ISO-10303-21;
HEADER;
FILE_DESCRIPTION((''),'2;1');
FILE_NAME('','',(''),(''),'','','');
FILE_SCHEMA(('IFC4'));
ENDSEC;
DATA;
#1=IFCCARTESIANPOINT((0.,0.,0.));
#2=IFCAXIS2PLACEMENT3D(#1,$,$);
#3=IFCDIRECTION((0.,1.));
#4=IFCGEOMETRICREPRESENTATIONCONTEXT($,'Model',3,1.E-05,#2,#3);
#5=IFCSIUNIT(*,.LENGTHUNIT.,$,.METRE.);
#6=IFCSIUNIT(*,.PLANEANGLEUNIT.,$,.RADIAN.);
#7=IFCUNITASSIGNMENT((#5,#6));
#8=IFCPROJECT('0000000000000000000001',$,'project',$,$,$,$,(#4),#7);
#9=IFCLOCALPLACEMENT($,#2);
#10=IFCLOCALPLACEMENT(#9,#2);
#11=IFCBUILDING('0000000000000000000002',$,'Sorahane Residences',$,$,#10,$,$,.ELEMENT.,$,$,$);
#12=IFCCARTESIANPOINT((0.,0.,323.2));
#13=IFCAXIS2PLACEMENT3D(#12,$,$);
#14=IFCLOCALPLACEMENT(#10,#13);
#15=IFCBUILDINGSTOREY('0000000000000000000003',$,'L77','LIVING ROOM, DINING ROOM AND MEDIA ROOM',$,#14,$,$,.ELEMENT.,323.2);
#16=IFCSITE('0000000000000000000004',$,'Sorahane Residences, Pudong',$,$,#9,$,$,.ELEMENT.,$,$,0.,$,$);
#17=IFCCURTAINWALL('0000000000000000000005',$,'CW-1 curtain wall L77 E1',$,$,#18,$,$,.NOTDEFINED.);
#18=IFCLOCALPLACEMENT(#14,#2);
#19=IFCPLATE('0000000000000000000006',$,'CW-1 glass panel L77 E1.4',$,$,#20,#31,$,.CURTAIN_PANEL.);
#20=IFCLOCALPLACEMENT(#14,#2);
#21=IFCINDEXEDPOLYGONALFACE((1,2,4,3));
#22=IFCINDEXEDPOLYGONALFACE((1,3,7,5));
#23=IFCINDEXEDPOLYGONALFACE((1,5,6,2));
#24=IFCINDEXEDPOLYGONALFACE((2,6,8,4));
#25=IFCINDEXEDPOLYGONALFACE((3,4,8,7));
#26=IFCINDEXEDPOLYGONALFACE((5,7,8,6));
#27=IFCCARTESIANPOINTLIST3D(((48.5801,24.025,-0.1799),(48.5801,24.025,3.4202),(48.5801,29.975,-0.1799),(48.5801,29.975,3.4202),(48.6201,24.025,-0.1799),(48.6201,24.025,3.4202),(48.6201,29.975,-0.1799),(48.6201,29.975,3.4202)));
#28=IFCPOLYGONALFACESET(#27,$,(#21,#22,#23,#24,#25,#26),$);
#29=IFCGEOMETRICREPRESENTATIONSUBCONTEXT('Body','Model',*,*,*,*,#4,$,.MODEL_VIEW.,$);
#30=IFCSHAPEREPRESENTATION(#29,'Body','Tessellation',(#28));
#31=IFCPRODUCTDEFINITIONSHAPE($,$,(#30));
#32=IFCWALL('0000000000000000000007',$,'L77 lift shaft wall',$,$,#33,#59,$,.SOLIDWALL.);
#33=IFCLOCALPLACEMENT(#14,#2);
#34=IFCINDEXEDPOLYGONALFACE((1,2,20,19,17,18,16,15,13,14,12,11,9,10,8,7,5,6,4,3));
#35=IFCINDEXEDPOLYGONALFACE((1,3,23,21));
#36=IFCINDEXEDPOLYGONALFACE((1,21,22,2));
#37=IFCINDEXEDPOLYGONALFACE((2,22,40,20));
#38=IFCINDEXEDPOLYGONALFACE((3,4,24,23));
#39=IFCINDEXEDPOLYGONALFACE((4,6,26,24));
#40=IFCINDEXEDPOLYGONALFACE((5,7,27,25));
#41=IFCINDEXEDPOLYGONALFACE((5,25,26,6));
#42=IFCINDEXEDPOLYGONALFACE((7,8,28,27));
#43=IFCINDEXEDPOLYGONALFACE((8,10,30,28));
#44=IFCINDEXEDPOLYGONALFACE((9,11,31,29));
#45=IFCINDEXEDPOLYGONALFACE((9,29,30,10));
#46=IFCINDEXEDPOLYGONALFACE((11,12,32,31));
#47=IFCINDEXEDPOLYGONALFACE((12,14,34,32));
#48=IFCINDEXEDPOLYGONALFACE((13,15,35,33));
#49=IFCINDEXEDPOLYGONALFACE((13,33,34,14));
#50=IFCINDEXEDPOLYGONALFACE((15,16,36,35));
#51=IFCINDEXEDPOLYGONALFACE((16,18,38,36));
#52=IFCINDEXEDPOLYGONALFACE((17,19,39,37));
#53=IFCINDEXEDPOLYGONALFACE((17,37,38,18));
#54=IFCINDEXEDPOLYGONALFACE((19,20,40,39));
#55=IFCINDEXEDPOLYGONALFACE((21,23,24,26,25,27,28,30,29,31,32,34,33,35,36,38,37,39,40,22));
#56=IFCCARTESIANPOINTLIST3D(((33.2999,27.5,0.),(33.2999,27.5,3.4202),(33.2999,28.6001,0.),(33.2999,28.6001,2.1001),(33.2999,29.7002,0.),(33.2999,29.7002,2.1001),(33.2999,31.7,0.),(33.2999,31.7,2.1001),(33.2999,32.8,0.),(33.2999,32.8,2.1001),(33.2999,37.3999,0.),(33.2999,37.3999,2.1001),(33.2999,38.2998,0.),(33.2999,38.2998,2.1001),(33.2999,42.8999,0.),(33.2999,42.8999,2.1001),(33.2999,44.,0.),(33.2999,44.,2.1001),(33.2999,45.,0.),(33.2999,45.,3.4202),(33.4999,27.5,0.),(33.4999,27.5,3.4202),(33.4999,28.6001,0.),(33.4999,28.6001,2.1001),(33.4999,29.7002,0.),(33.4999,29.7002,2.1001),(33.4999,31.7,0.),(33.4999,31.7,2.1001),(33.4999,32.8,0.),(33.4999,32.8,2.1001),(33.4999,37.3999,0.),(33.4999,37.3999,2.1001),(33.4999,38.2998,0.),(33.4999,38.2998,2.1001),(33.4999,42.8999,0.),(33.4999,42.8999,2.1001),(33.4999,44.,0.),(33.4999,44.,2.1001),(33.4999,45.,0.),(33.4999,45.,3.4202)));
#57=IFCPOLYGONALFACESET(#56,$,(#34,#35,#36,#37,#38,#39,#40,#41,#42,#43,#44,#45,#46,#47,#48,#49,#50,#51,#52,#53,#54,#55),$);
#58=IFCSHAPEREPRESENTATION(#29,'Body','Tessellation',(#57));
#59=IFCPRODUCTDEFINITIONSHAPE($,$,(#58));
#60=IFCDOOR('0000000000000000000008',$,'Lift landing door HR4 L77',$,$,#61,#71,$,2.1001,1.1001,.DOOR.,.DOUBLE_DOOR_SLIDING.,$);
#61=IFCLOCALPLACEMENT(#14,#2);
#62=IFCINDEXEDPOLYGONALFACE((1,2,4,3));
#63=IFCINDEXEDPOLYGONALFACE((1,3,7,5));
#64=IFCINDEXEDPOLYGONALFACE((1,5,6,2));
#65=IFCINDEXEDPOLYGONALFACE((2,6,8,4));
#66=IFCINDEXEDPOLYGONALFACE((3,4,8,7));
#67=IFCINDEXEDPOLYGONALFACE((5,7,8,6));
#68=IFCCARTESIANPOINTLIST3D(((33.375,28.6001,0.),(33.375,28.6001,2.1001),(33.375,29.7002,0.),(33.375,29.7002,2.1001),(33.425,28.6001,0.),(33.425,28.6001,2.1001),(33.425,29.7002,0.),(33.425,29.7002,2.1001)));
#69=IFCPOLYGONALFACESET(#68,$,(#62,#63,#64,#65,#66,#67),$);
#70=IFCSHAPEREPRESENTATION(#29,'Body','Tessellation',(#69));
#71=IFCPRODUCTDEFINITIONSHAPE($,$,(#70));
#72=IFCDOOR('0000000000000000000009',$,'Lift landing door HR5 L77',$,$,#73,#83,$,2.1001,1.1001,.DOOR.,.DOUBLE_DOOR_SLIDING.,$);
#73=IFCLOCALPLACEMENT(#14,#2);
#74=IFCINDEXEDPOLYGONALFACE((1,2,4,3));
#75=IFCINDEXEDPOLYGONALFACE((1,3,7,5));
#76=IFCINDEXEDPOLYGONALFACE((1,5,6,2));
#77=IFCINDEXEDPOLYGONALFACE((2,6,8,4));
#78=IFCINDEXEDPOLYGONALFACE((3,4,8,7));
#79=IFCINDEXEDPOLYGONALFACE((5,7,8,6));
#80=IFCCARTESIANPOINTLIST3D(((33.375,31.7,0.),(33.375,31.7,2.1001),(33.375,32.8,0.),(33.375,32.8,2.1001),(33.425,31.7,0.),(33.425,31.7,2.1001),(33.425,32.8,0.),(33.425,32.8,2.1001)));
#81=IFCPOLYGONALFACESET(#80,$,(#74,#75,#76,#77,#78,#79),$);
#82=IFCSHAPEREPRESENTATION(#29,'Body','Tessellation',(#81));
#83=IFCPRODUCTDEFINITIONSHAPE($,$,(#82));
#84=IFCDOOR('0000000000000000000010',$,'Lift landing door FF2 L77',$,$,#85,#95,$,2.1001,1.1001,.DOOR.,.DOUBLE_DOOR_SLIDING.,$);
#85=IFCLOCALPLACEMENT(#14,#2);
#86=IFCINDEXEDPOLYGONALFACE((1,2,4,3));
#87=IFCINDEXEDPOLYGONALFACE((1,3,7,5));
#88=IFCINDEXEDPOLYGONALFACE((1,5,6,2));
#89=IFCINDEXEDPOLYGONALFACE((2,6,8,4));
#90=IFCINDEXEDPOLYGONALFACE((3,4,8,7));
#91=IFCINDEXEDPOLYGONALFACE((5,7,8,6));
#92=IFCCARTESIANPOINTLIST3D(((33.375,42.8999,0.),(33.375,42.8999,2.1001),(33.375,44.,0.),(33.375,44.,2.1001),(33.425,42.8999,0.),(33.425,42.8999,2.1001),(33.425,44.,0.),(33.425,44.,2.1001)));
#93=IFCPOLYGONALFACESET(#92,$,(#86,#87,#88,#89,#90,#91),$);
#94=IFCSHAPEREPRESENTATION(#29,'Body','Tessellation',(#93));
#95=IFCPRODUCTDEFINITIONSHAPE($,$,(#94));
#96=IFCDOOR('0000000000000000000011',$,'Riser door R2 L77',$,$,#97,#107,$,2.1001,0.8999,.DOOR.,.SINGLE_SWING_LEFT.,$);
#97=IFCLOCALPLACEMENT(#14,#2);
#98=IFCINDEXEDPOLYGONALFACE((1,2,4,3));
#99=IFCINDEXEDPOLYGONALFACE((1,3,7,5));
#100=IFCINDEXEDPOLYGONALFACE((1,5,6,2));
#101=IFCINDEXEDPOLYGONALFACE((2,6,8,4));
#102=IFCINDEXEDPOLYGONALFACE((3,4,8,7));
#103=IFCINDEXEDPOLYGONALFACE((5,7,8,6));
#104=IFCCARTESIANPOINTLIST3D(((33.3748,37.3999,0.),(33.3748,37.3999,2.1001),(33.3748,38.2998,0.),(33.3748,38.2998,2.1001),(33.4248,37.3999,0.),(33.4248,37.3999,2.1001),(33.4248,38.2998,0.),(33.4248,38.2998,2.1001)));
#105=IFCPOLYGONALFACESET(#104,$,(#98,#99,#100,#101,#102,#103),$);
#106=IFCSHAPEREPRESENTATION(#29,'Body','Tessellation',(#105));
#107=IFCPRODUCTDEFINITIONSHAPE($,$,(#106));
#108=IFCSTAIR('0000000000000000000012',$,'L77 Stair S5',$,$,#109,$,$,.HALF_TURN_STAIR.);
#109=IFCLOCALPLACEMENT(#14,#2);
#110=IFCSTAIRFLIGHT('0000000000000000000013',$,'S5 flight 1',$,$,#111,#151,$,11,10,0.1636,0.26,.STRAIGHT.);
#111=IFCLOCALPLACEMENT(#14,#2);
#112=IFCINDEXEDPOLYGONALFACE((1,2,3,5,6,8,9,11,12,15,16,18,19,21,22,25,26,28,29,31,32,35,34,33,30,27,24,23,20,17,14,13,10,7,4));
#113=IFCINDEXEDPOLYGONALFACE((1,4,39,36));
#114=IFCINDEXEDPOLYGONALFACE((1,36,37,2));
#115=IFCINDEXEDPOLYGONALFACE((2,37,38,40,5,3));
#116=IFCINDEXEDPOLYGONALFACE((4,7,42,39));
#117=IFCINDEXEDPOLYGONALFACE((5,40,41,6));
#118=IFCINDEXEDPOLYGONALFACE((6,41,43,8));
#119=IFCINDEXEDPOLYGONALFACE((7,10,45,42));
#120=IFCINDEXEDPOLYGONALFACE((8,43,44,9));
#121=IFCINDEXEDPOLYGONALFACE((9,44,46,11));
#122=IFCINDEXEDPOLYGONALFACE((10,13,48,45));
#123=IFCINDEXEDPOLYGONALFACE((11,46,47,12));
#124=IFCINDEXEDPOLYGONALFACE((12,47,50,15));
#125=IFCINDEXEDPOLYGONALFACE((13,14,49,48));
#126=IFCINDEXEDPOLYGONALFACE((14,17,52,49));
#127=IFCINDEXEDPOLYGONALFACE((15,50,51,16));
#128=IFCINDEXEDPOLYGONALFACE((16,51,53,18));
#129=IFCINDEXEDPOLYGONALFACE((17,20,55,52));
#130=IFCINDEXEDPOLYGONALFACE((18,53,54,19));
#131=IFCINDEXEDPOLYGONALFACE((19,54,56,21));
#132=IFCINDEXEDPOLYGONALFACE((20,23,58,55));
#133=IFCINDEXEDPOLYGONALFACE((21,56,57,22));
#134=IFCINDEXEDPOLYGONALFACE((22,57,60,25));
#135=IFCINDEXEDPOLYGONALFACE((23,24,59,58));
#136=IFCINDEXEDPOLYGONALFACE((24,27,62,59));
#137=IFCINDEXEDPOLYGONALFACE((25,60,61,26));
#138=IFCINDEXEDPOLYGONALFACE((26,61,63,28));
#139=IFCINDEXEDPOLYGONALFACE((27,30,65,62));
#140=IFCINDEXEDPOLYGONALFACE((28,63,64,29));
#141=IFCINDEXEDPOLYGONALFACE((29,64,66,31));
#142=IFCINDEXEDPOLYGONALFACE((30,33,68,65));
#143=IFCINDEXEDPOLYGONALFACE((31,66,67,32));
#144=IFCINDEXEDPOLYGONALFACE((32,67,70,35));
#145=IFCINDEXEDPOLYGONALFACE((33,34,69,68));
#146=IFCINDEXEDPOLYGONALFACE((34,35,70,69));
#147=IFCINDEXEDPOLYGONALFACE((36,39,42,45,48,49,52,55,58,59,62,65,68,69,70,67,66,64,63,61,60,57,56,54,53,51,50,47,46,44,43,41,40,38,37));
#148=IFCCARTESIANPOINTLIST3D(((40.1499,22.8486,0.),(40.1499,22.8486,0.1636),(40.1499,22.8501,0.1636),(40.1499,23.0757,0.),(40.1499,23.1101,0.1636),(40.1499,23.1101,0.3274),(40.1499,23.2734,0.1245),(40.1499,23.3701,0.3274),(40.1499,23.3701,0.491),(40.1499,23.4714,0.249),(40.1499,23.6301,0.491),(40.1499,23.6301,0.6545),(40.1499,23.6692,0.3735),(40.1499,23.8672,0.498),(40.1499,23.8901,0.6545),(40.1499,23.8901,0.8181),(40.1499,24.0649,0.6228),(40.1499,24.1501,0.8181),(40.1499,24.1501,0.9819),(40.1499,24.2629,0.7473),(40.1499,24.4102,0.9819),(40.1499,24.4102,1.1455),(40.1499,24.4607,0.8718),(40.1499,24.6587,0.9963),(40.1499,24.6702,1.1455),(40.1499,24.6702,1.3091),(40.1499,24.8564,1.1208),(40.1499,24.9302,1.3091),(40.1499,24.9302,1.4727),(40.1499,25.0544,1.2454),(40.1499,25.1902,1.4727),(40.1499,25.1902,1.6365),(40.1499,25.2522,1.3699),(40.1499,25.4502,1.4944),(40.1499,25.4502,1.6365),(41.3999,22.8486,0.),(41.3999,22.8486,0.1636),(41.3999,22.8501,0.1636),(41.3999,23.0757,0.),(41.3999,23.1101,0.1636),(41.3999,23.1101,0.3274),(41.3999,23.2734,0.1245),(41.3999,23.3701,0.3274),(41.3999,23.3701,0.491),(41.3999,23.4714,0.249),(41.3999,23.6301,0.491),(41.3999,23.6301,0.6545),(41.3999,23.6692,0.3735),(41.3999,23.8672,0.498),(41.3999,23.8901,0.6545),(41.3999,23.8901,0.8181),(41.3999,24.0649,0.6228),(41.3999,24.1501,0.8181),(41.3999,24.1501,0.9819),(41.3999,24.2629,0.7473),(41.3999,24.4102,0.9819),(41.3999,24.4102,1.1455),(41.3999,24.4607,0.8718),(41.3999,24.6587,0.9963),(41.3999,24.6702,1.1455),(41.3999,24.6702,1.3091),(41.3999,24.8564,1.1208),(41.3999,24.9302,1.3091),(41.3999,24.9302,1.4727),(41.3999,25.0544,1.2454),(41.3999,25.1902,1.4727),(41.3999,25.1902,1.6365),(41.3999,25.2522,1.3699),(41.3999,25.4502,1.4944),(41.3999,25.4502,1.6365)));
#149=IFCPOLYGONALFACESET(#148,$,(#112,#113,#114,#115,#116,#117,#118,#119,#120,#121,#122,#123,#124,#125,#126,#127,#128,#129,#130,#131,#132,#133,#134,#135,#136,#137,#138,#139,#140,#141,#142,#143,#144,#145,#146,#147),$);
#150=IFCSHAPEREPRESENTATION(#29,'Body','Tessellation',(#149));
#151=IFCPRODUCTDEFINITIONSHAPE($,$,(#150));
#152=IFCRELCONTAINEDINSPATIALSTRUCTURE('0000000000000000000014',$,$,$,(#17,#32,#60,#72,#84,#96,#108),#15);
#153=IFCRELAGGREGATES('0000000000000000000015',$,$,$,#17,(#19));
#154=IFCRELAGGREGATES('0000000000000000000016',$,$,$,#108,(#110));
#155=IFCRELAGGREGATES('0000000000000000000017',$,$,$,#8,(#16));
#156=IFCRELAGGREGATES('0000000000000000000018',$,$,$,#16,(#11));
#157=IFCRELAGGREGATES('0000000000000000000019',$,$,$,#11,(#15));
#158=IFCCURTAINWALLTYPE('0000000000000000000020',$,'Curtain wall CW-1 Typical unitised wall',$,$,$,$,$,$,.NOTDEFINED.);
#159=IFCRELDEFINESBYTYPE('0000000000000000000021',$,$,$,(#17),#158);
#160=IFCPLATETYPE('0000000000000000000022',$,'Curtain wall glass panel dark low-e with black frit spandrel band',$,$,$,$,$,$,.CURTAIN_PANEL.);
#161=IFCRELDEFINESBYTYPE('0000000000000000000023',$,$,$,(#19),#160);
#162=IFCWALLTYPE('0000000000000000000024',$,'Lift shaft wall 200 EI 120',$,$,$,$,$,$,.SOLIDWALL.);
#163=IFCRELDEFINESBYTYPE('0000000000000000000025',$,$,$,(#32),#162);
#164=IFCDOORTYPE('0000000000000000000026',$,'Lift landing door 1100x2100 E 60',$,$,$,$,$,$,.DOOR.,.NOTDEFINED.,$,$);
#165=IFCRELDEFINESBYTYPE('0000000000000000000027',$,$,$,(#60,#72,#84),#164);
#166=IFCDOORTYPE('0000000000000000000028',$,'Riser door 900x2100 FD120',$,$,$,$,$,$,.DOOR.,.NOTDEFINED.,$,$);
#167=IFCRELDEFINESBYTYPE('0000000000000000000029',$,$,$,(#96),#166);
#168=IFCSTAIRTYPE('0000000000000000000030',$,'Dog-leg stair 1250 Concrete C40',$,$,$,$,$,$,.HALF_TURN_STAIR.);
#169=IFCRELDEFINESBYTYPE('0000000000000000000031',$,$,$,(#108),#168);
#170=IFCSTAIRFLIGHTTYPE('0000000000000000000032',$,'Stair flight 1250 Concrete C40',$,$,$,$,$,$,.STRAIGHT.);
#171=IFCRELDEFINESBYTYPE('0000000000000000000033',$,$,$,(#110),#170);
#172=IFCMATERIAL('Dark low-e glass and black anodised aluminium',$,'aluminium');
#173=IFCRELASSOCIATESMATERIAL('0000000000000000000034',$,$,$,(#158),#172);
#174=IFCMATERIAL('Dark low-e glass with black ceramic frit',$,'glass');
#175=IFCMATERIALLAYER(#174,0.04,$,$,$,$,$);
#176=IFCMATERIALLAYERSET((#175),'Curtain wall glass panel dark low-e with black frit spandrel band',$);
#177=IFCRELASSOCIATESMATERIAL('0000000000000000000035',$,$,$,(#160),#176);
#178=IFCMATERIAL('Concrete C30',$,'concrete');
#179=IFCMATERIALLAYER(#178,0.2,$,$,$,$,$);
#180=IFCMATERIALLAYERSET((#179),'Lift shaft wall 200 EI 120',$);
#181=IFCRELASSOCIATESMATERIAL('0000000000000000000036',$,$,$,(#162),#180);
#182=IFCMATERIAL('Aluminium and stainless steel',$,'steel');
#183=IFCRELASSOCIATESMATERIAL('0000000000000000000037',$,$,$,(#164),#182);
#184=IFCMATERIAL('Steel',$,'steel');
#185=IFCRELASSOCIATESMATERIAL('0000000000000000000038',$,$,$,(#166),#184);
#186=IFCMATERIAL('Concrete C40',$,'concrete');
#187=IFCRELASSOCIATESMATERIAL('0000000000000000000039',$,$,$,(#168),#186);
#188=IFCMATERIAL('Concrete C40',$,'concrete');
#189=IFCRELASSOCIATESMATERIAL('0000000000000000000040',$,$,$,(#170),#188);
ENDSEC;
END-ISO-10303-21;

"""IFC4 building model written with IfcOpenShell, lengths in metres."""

from ifc_helpers import new_model, si_unit, direction, frame, frame_2d, origin, origin_2d, place, context, subcontext, project, spatial, polyline, rectangle, outline, extrude, material, layer, layer_set, type_object, element, fill, aggregate, save


model = new_model("IFC4")

# Units and contexts
model_context = context("Model", 3, precision=1e-05, world=origin(), true_north=direction((0.0, 1.0)))
body_context = subcontext(model_context, "Body", "Model", "MODEL_VIEW")
ifc_project = project(units=[si_unit("LENGTHUNIT", "METRE"), si_unit("PLANEANGLEUNIT", "RADIAN")], contexts=[model_context])

# Site, building, storey
site_placement = place(None, origin())
site = spatial("IfcSite", under=ifc_project, at=site_placement, Name="Sorahane Residences, Pudong", CompositionType="ELEMENT", RefElevation=0.0)
building_placement = place(site_placement, origin())
building = spatial("IfcBuilding", under=site, at=building_placement, Name="Sorahane Residences", CompositionType="ELEMENT")
storey_placement = place(building_placement, frame((0.0, 0.0, 323.2)))
storey = spatial("IfcBuildingStorey", under=building, at=storey_placement, Name="L77", Description="LIVING ROOM, DINING ROOM AND MEDIA ROOM", CompositionType="ELEMENT", Elevation=323.2)

# Curtain wall
ifc_material_1 = material(Name="Dark low-e glass and black anodised aluminium", Category="aluminium")
curtain_wall_type = type_object("IfcCurtainWallType", Name="Curtain wall CW-1 Typical unitised wall", PredefinedType="NOTDEFINED", material=ifc_material_1)
curtain_wall_placement = place(storey_placement, origin())
curtain_wall = element("IfcCurtainWall", 1, at=curtain_wall_placement, inside=storey, type_object=curtain_wall_type, Name="CW-1 curtain wall L77 E1", PredefinedType="NOTDEFINED")

# Plate
ifc_material_2 = material(Name="Dark low-e glass with black ceramic frit", Category="glass")
ifc_layer_1 = layer(ifc_material_2, 0.04)
ifc_layer_set_1 = layer_set([ifc_layer_1], Name="Curtain wall glass panel dark low-e with black frit spandrel band")
plate_type = type_object("IfcPlateType", Name="Curtain wall glass panel dark low-e with black frit spandrel band", PredefinedType="CURTAIN_PANEL", material=ifc_layer_set_1)
plate_placement = place(storey_placement, frame((48.6001, 27.0, -0.1799), z_axis=(0.0, 0.0, 1.0), x_axis=(0.0, 1.0, 0.0)))
plate = element("IfcPlate", 2, at=plate_placement, type_object=plate_type, Name="CW-1 glass panel L77 E1.4", PredefinedType="CURTAIN_PANEL", context=body_context, shape_type="SweptSolid", body=[
    extrude(rectangle(XDim=5.95, YDim=0.04, at=origin_2d()), origin(), (0.0, 0.0, 1.0), 3.6001),
])
aggregate(curtain_wall, [plate])

# Wall, openings, doors
ifc_material_3 = material(Name="Concrete C30", Category="concrete")
ifc_layer_2 = layer(ifc_material_3, 0.2)
ifc_layer_set_2 = layer_set([ifc_layer_2], Name="Lift shaft wall 200 EI 120")
wall_type = type_object("IfcWallType", Name="Lift shaft wall 200 EI 120", PredefinedType="SOLIDWALL", material=ifc_layer_set_2)
wall_placement = place(storey_placement, frame((33.3999, 27.5, 0.0), z_axis=(0.0, 0.0, 1.0), x_axis=(0.0, 1.0, 0.0)))
wall = element("IfcWall", 3, at=wall_placement, inside=storey, type_object=wall_type, Name="L77 lift shaft wall", PredefinedType="SOLIDWALL", context=body_context, shape_type="SweptSolid", body=[
    extrude(rectangle(XDim=17.5, YDim=0.2, at=frame_2d((8.75, 0.0))), origin(), (0.0, 0.0, 1.0), 3.4202),
])
opening_1_placement = place(wall_placement, frame((1.1001, 0.0, 0.0)))
opening_1 = element("IfcOpeningElement", 4, at=opening_1_placement, cuts=wall, PredefinedType="OPENING", context=body_context, shape_type="SweptSolid", body=[
    extrude(rectangle(XDim=1.1001, YDim=2.1001, at=frame_2d((0.55, 1.05))), frame((0.0, 0.1099, 0.0), z_axis=(0.0, -1.0, 0.0), x_axis=(1.0, 0.0, 0.0)), (0.0, 0.0, 1.0), 0.22),
])
opening_2_placement = place(wall_placement, frame((4.2, 0.0, 0.0)))
opening_2 = element("IfcOpeningElement", 5, at=opening_2_placement, cuts=wall, PredefinedType="OPENING", context=body_context, shape_type="SweptSolid", body=[
    extrude(rectangle(XDim=1.1001, YDim=2.1001, at=frame_2d((0.55, 1.05))), frame((0.0, 0.1099, 0.0), z_axis=(0.0, -1.0, 0.0), x_axis=(1.0, 0.0, 0.0)), (0.0, 0.0, 1.0), 0.22),
])
opening_3_placement = place(wall_placement, frame((15.3999, 0.0, 0.0)))
opening_3 = element("IfcOpeningElement", 6, at=opening_3_placement, cuts=wall, PredefinedType="OPENING", context=body_context, shape_type="SweptSolid", body=[
    extrude(rectangle(XDim=1.1001, YDim=2.1001, at=frame_2d((0.55, 1.05))), frame((0.0, 0.1099, 0.0), z_axis=(0.0, -1.0, 0.0), x_axis=(1.0, 0.0, 0.0)), (0.0, 0.0, 1.0), 0.22),
])
opening_4_placement = place(wall_placement, frame((9.8999, 0.0, 0.0)))
opening_4 = element("IfcOpeningElement", 7, at=opening_4_placement, cuts=wall, PredefinedType="OPENING", context=body_context, shape_type="SweptSolid", body=[
    extrude(rectangle(XDim=0.8999, YDim=2.1001, at=frame_2d((0.45, 1.05))), frame((0.0, 0.1099, 0.0), z_axis=(0.0, -1.0, 0.0), x_axis=(1.0, 0.0, 0.0)), (0.0, 0.0, 1.0), 0.22),
])
ifc_material_4 = material(Name="Aluminium and stainless steel", Category="steel")
door_type_1 = type_object("IfcDoorType", Name="Lift landing door 1100x2100 E 60", OperationType="NOTDEFINED", PredefinedType="DOOR", material=ifc_material_4)
door_1_placement = place(opening_1_placement, origin())
door_1 = element("IfcDoor", 8, at=door_1_placement, inside=storey, type_object=door_type_1, Name="Lift landing door HR4 L77", OperationType="DOUBLE_DOOR_SLIDING", OverallHeight=2.1001, OverallWidth=1.1001, PredefinedType="DOOR", context=body_context, shape_type="SweptSolid", body=[
    extrude(rectangle(XDim=1.1001, YDim=2.1001, at=frame_2d((0.55, 1.05))), frame((0.0, 0.0249, 0.0), z_axis=(0.0, -1.0, 0.0), x_axis=(1.0, 0.0, 0.0)), (0.0, 0.0, 1.0), 0.05),
])
fill(opening_1, door_1)
door_2_placement = place(opening_2_placement, origin())
door_2 = element("IfcDoor", 9, at=door_2_placement, inside=storey, type_object=door_type_1, Name="Lift landing door HR5 L77", OperationType="DOUBLE_DOOR_SLIDING", OverallHeight=2.1001, OverallWidth=1.1001, PredefinedType="DOOR", context=body_context, shape_type="SweptSolid", body=[
    extrude(rectangle(XDim=1.1001, YDim=2.1001, at=frame_2d((0.55, 1.05))), frame((0.0, 0.0249, 0.0), z_axis=(0.0, -1.0, 0.0), x_axis=(1.0, 0.0, 0.0)), (0.0, 0.0, 1.0), 0.05),
])
fill(opening_2, door_2)
door_3_placement = place(opening_3_placement, origin())
door_3 = element("IfcDoor", 10, at=door_3_placement, inside=storey, type_object=door_type_1, Name="Lift landing door FF2 L77", OperationType="DOUBLE_DOOR_SLIDING", OverallHeight=2.1001, OverallWidth=1.1001, PredefinedType="DOOR", context=body_context, shape_type="SweptSolid", body=[
    extrude(rectangle(XDim=1.1001, YDim=2.1001, at=frame_2d((0.55, 1.05))), frame((0.0, 0.0249, 0.0), z_axis=(0.0, -1.0, 0.0), x_axis=(1.0, 0.0, 0.0)), (0.0, 0.0, 1.0), 0.05),
])
fill(opening_3, door_3)
ifc_material_5 = material(Name="Steel", Category="steel")
door_type_2 = type_object("IfcDoorType", Name="Riser door 900x2100 FD120", OperationType="NOTDEFINED", PredefinedType="DOOR", material=ifc_material_5)
door_4_placement = place(opening_4_placement, frame((0.8999, 0.0, 0.0), z_axis=(0.0, 0.0, 1.0), x_axis=(-1.0, 0.0, 0.0)))
door_4 = element("IfcDoor", 11, at=door_4_placement, inside=storey, type_object=door_type_2, Name="Riser door R2 L77", OperationType="SINGLE_SWING_LEFT", OverallHeight=2.1001, OverallWidth=0.8999, PredefinedType="DOOR", context=body_context, shape_type="SweptSolid", body=[
    extrude(rectangle(XDim=0.8999, YDim=2.1001, at=frame_2d((0.45, 1.05))), frame((0.0, 0.0249, 0.0), z_axis=(0.0, -1.0, 0.0), x_axis=(1.0, 0.0, 0.0)), (0.0, 0.0, 1.0), 0.05),
])
fill(opening_4, door_4)

# Stair, stair flight
ifc_material_6 = material(Name="Concrete C40", Category="concrete")
stair_type = type_object("IfcStairType", Name="Dog-leg stair 1250 Concrete C40", PredefinedType="HALF_TURN_STAIR", material=ifc_material_6)
stair_placement = place(storey_placement, origin())
stair = element("IfcStair", 12, at=stair_placement, inside=storey, type_object=stair_type, Name="L77 Stair S5", PredefinedType="HALF_TURN_STAIR")
ifc_material_7 = material(Name="Concrete C40", Category="concrete")
stair_flight_type = type_object("IfcStairFlightType", Name="Stair flight 1250 Concrete C40", PredefinedType="STRAIGHT", material=ifc_material_7)
stair_flight_1_placement = place(storey_placement, frame((40.7749, 22.8501, 0.0), z_axis=(0.0, 0.0, 1.0), x_axis=(0.0, 1.0, 0.0)))
stair_flight_1 = element("IfcStairFlight", 13, at=stair_flight_1_placement, type_object=stair_flight_type, Name="S5 flight 1", NumberOfRisers=11, NumberOfTreads=10, PredefinedType="STRAIGHT", RiserHeight=0.1636, TreadLength=0.26, context=body_context, shape_type="SweptSolid", body=[
    extrude(outline(polyline([(-0.0015, 0.0), (-0.0015, 0.1636), (0.0, 0.1636), (0.26, 0.1636), (0.26, 0.3274), (0.52, 0.3274), (0.52, 0.491), (0.78, 0.491), (0.78, 0.6545), (1.04, 0.6545), (1.04, 0.8181), (1.3, 0.8181), (1.3, 0.9819), (1.5601, 0.9819), (1.5601, 1.1455), (1.8201, 1.1455), (1.8201, 1.3091), (2.0801, 1.3091), (2.0801, 1.4727), (2.3401, 1.4727), (2.3401, 1.6365), (2.6001, 1.6365), (2.6001, 1.8), (2.6001, 1.4944), (2.4021, 1.3699), (2.2043, 1.2454), (2.0063, 1.1208), (1.8086, 0.9963), (1.6106, 0.8718), (1.4128, 0.7473), (1.2148, 0.6228), (1.0171, 0.498), (0.8191, 0.3735), (0.6213, 0.249), (0.4233, 0.1245), (0.2256, 0.0), (-0.0015, 0.0)])), frame((0.0, 0.625, 0.0), z_axis=(0.0, -1.0, 0.0), x_axis=(1.0, 0.0, 0.0)), (0.0, 0.0, 1.0), 1.25),
])
aggregate(stair, [stair_flight_1])

save(model, "model.ifc")
